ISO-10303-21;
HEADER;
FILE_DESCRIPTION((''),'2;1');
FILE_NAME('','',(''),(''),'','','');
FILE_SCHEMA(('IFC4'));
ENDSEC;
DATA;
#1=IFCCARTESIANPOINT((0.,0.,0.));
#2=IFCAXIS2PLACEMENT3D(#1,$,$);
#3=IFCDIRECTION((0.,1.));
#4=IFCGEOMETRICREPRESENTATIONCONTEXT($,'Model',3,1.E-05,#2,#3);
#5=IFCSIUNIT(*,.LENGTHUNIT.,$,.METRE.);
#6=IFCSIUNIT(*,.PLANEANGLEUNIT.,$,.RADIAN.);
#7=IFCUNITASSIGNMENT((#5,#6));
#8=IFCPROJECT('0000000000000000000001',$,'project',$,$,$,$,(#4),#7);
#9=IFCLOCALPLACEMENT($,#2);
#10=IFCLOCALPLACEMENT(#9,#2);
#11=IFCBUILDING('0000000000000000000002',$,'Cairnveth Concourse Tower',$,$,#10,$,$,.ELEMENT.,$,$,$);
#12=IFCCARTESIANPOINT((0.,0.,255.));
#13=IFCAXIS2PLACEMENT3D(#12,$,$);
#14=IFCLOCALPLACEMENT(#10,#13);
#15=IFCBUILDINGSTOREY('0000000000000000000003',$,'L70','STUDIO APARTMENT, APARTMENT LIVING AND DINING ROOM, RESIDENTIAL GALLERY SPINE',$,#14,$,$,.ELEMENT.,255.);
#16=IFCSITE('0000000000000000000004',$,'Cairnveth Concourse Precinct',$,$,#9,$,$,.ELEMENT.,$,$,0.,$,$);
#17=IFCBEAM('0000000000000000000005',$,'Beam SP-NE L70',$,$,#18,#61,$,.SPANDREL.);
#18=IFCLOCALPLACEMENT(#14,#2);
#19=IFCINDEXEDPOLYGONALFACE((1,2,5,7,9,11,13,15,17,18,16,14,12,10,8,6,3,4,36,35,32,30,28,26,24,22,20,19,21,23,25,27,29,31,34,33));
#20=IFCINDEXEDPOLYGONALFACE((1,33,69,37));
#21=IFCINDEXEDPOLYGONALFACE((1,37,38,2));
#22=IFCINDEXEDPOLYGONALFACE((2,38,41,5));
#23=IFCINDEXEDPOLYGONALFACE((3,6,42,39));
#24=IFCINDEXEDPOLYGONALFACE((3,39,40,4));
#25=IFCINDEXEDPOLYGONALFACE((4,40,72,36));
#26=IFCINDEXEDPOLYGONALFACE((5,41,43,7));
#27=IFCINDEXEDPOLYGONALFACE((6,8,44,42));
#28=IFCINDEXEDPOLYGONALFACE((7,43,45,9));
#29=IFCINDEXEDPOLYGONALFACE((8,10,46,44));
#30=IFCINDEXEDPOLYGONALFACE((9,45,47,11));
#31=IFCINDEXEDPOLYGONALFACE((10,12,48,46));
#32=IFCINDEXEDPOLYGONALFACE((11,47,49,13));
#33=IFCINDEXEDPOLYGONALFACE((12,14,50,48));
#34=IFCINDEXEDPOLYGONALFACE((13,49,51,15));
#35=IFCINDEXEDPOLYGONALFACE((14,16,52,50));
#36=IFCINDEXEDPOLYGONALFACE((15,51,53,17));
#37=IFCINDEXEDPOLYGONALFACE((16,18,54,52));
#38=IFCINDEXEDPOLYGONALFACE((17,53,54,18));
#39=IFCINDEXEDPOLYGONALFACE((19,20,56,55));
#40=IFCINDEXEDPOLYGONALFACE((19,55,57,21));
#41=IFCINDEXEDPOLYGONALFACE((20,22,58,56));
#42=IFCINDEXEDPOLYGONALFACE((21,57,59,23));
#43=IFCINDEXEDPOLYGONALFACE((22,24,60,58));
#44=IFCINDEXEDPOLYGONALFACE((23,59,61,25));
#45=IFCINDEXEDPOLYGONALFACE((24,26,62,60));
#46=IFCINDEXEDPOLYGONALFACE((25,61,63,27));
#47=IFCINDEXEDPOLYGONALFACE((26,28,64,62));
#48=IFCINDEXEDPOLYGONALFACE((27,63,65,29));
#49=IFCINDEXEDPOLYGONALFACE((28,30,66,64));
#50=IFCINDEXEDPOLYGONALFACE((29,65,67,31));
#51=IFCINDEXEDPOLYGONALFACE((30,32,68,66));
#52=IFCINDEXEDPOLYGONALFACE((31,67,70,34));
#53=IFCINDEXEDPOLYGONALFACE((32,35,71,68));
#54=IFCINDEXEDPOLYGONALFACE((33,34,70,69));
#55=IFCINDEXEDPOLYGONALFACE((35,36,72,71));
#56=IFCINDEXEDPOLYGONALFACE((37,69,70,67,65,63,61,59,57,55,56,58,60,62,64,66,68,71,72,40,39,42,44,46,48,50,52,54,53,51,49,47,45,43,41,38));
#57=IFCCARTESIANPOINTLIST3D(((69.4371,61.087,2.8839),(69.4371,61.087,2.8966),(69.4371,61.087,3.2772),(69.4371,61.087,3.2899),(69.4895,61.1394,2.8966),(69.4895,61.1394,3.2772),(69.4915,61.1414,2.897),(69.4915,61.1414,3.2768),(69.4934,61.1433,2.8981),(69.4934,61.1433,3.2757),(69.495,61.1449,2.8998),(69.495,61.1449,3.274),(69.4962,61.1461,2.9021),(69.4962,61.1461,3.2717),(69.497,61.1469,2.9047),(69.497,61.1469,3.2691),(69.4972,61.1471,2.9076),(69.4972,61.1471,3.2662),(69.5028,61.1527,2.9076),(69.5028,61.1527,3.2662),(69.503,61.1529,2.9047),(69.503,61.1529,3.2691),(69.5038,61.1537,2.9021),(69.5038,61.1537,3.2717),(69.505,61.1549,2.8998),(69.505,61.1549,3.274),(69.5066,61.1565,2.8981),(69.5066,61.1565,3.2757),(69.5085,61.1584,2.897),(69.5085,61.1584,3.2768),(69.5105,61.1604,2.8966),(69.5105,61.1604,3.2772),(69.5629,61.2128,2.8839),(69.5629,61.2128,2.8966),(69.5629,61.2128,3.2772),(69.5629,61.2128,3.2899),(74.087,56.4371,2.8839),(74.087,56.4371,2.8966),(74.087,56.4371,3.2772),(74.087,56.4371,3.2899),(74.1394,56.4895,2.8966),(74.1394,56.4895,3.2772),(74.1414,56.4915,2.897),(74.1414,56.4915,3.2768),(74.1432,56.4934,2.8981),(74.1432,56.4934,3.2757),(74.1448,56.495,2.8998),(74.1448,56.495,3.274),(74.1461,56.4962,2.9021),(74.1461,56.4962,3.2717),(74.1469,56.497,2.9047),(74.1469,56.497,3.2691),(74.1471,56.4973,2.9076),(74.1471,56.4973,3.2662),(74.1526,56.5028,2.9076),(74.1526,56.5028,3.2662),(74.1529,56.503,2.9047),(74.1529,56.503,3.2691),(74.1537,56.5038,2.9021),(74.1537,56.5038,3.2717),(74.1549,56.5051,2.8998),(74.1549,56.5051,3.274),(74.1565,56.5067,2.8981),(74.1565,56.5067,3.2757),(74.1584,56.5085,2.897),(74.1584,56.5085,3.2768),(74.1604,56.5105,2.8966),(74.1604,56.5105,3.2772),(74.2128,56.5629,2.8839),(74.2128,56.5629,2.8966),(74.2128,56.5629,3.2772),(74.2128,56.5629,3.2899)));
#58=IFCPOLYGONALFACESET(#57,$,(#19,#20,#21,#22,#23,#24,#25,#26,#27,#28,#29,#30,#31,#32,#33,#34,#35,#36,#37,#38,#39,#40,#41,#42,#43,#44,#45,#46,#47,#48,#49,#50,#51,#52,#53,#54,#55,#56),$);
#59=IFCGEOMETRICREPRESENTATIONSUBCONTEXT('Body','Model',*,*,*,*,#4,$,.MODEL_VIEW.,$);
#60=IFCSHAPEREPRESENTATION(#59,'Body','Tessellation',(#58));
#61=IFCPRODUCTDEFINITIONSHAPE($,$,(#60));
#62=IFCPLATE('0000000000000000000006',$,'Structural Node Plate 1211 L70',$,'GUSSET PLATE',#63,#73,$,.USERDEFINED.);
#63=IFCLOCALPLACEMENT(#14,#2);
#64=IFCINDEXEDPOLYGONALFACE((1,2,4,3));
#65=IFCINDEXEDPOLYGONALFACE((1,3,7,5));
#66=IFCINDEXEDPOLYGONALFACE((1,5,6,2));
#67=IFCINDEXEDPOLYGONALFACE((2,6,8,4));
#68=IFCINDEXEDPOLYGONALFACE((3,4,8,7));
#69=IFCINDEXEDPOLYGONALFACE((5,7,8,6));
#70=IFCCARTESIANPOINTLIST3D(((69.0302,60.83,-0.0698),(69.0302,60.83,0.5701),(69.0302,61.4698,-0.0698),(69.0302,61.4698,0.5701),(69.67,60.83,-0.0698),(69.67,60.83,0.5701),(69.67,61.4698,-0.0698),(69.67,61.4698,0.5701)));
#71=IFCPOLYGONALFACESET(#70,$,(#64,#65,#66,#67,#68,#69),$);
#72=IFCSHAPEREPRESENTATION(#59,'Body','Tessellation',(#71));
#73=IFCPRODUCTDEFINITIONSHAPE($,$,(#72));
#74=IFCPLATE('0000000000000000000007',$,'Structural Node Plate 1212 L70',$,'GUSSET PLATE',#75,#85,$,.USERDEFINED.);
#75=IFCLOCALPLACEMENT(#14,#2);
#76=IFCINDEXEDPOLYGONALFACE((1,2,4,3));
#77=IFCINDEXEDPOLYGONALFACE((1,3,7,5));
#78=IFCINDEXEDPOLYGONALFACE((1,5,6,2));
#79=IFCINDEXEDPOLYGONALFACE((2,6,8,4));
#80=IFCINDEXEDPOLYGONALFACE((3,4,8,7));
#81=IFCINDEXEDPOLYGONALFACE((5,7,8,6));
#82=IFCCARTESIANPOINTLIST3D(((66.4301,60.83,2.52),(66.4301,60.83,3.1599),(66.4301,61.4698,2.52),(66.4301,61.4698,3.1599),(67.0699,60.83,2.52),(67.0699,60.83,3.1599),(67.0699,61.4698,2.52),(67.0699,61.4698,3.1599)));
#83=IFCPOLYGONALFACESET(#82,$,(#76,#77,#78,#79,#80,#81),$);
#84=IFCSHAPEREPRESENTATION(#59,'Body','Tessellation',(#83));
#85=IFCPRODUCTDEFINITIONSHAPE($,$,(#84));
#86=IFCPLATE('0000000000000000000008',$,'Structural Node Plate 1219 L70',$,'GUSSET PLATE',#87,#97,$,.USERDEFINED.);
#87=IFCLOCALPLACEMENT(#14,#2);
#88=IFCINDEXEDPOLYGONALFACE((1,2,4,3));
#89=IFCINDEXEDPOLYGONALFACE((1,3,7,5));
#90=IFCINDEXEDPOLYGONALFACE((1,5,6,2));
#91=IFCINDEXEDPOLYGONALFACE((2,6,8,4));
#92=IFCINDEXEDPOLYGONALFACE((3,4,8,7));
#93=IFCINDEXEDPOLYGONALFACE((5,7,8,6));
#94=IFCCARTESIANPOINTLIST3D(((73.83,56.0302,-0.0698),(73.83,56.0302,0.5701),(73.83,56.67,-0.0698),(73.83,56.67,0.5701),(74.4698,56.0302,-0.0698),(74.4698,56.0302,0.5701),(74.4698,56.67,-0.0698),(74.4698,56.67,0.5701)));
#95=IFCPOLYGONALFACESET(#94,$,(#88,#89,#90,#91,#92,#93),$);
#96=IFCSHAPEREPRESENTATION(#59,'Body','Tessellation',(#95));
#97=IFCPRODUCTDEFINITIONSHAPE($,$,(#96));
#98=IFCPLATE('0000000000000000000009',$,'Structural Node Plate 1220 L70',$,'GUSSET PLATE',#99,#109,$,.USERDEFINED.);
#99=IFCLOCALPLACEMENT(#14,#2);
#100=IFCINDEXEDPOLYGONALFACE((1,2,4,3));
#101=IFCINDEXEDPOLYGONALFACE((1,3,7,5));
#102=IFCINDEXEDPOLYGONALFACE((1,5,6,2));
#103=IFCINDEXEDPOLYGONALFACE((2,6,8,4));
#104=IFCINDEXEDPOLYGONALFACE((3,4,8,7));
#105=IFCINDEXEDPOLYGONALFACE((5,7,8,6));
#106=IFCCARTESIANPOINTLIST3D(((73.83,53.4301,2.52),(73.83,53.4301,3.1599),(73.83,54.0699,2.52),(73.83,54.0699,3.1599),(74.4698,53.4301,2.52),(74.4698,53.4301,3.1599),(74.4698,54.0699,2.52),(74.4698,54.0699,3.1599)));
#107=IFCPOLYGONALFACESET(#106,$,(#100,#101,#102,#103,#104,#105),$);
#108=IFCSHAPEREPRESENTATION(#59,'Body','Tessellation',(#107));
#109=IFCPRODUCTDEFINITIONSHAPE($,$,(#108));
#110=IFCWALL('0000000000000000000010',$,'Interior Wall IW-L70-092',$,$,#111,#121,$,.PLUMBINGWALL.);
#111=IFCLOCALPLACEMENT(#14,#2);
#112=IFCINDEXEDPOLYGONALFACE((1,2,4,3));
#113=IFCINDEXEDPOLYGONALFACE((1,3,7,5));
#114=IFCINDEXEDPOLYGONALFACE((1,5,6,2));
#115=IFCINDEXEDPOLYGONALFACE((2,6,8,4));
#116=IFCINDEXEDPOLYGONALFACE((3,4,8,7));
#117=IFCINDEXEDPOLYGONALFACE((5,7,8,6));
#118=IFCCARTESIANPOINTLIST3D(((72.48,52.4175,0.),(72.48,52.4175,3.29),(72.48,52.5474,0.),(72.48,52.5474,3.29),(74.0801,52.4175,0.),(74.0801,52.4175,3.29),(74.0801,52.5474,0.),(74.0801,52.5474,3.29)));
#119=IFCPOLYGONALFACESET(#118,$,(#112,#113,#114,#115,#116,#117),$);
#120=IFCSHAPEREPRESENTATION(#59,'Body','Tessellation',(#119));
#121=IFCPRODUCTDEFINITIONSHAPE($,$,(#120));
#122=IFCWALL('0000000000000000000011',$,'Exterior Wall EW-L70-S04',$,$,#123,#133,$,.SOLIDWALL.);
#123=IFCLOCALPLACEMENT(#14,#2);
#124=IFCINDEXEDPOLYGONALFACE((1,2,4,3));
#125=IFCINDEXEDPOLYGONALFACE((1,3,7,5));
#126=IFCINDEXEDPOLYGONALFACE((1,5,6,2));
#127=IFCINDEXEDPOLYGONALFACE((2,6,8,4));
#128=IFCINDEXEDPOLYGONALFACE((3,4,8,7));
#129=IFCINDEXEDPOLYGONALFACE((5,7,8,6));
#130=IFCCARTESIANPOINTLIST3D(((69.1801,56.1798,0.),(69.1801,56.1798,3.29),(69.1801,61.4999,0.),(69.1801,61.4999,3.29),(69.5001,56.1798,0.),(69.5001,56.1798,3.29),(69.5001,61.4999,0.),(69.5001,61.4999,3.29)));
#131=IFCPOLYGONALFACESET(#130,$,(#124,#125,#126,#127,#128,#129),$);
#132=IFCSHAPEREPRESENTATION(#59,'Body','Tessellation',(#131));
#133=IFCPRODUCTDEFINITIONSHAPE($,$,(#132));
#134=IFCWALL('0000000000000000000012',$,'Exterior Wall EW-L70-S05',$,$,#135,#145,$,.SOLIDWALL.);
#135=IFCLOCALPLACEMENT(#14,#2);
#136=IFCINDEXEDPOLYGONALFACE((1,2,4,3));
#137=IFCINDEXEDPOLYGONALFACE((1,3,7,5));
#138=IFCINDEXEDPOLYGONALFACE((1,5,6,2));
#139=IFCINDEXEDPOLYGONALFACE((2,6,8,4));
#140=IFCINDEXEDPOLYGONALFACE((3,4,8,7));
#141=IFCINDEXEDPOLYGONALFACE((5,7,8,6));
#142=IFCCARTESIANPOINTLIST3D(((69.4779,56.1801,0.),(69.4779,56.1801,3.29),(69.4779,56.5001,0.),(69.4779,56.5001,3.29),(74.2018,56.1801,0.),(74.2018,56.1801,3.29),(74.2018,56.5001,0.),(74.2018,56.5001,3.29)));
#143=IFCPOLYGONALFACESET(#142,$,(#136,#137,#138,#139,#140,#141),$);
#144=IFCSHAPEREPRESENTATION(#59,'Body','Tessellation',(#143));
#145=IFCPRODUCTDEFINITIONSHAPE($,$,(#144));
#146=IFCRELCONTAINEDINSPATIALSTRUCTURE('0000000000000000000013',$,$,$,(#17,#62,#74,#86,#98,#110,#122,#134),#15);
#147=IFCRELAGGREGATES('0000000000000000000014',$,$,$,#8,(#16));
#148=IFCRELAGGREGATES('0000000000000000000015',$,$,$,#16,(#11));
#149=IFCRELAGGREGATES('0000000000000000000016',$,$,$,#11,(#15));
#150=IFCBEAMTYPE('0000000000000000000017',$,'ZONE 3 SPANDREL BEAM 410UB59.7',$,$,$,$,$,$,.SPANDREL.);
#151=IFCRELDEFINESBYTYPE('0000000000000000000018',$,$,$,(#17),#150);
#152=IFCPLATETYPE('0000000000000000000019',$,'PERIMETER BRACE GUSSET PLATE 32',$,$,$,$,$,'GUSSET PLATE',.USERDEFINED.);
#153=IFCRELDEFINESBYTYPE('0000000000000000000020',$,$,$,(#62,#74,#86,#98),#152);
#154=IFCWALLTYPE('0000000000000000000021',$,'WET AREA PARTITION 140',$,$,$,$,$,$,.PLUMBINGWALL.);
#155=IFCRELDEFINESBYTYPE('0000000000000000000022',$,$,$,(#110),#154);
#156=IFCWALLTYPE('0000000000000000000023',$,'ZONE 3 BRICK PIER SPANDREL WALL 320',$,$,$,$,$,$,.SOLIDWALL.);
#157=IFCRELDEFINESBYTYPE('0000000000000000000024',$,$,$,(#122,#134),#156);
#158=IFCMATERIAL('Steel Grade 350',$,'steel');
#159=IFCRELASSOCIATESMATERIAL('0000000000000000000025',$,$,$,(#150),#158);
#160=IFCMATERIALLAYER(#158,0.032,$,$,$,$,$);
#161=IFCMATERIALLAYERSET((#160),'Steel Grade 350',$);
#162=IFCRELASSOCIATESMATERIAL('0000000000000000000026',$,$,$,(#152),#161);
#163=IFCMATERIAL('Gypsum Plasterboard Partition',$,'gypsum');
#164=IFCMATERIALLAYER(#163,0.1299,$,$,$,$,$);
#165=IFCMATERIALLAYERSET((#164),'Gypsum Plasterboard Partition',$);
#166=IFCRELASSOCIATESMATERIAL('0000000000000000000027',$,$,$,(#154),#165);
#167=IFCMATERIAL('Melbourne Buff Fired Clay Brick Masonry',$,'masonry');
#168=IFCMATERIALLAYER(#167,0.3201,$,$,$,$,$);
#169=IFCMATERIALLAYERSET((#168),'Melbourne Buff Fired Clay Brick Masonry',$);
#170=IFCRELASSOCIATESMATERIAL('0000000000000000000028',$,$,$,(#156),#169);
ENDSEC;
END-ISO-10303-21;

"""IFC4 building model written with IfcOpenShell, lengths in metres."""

from ifc_helpers import new_model, si_unit, direction, frame, frame_2d, origin, origin_2d, place, context, subcontext, project, spatial, rectangle, i_section, extrude, material, layer, layer_set, material_profile, profile_set, type_object, element, save


model = new_model("IFC4")

# Units and contexts
model_context = context("Model", 3, precision=1e-05, world=origin(), true_north=direction((0.0, 1.0)))
body_context = subcontext(model_context, "Body", "Model", "MODEL_VIEW")
ifc_project = project(units=[si_unit("LENGTHUNIT", "METRE"), si_unit("PLANEANGLEUNIT", "RADIAN")], contexts=[model_context])

# Site, building, storey
site_placement = place(None, origin())
site = spatial("IfcSite", under=ifc_project, at=site_placement, Name="Cairnveth Concourse Precinct", CompositionType="ELEMENT", RefElevation=0.0)
building_placement = place(site_placement, origin())
building = spatial("IfcBuilding", under=site, at=building_placement, Name="Cairnveth Concourse Tower", CompositionType="ELEMENT")
storey_placement = place(building_placement, frame((0.0, 0.0, 255.0)))
storey = spatial("IfcBuildingStorey", under=building, at=storey_placement, Name="L70", Description="STUDIO APARTMENT, APARTMENT LIVING AND DINING ROOM, RESIDENTIAL GALLERY SPINE", CompositionType="ELEMENT", Elevation=255.0)

# Shared definitions
ifc_material_1 = material(Name="Steel Grade 350", Category="steel")

# Beam
ifc_material_profile_1 = material_profile(ifc_material_1, i_section(OverallWidth=0.178, OverallDepth=0.406, WebThickness=0.0078, FlangeThickness=0.0127, FilletRadius=0.011, at=origin_2d()), Name="410UB59.7")
ifc_profile_set_1 = profile_set([ifc_material_profile_1], Name="Steel Grade 350")
beam_type_1 = type_object("IfcBeamType", Name="ZONE 3 SPANDREL BEAM 410UB59.7", PredefinedType="SPANDREL", material=ifc_profile_set_1)
beam_1_placement = place(storey_placement, frame((69.5, 61.1499, 3.0869), z_axis=(0.707107, -0.707107, 0.0), x_axis=(0.707107, 0.707107, 0.0)))
element("IfcBeam", 1, at=beam_1_placement, inside=storey, type_object=beam_type_1, Name="Beam SP-NE L70", PredefinedType="SPANDREL", context=body_context, shape_type="SweptSolid", body=[
    extrude(i_section(OverallWidth=0.178, OverallDepth=0.406, WebThickness=0.0078, FlangeThickness=0.0127, FilletRadius=0.011, at=origin_2d()), origin(), (0.0, 0.0, 1.0), 6.5759),
])

# Plates
ifc_layer_1 = layer(ifc_material_1, 0.032)
ifc_layer_set_1 = layer_set([ifc_layer_1], Name="Steel Grade 350")
plate_type = type_object("IfcPlateType", Name="PERIMETER BRACE GUSSET PLATE 32", ElementType="GUSSET PLATE", PredefinedType="USERDEFINED", material=ifc_layer_set_1)
for number, where, z_axis, x_axis, name in (
    (2, (69.3501, 61.1499, -0.0698), (0.0, 0.0, 1.0), (1.0, 0.0, 0.0), "Structural Node Plate 1211 L70"),
    (3, (66.75, 61.1499, 2.52), (0.0, 0.0, 1.0), (1.0, 0.0, 0.0), "Structural Node Plate 1212 L70"),
    (4, (74.1499, 56.3501, -0.0698), (0.0, 0.0, 1.0), (1.0, 0.0, 0.0), "Structural Node Plate 1219 L70"),
    (5, (74.1499, 53.75, 2.52), (0.0, 0.0, 1.0), (1.0, 0.0, 0.0), "Structural Node Plate 1220 L70"),
):
    element("IfcPlate", number, at=place(storey_placement, frame(where, z_axis=z_axis, x_axis=x_axis)), inside=storey, type_object=plate_type, Name=name, ObjectType="GUSSET PLATE", PredefinedType="USERDEFINED", context=body_context, shape_type="SweptSolid", body=[
        extrude(rectangle(XDim=0.6399, YDim=0.6399, at=origin_2d()), origin(), (0.0, 0.0, 1.0), 0.6399),
    ])

# Walls
ifc_material_2 = material(Name="Gypsum Plasterboard Partition", Category="gypsum")
ifc_layer_2 = layer(ifc_material_2, 0.1299)
ifc_layer_set_2 = layer_set([ifc_layer_2], Name="Gypsum Plasterboard Partition")
wall_type_1 = type_object("IfcWallType", Name="WET AREA PARTITION 140", PredefinedType="PLUMBINGWALL", material=ifc_layer_set_2)
wall_1_placement = place(storey_placement, frame((72.48, 52.4824, 0.0), z_axis=(0.0, 0.0, 1.0), x_axis=(1.0, 0.0, 0.0)))
element("IfcWall", 6, at=wall_1_placement, inside=storey, type_object=wall_type_1, Name="Interior Wall IW-L70-092", PredefinedType="PLUMBINGWALL", context=body_context, shape_type="SweptSolid", body=[
    extrude(rectangle(XDim=1.6001, YDim=0.1299, at=frame_2d((0.8, 0.0))), origin(), (0.0, 0.0, 1.0), 3.29),
])
ifc_material_3 = material(Name="Melbourne Buff Fired Clay Brick Masonry", Category="masonry")
ifc_layer_3 = layer(ifc_material_3, 0.3201)
ifc_layer_set_3 = layer_set([ifc_layer_3], Name="Melbourne Buff Fired Clay Brick Masonry")
wall_type_2 = type_object("IfcWallType", Name="ZONE 3 BRICK PIER SPANDREL WALL 320", PredefinedType="SOLIDWALL", material=ifc_layer_set_3)
wall_2_placement = place(storey_placement, frame((69.3401, 61.5, 0.0), z_axis=(0.0, 0.0, 1.0), x_axis=(0.0, -1.0, 0.0)))
element("IfcWall", 7, at=wall_2_placement, inside=storey, type_object=wall_type_2, Name="Exterior Wall EW-L70-S04", PredefinedType="SOLIDWALL", context=body_context, shape_type="SweptSolid", body=[
    extrude(rectangle(XDim=5.3201, YDim=0.3201, at=frame_2d((2.6602, 0.0))), origin(), (0.0, 0.0, 1.0), 3.29),
])
wall_3_placement = place(storey_placement, frame((69.478, 56.3401, 0.0), z_axis=(0.0, 0.0, 1.0), x_axis=(1.0, 0.0, 0.0)))
element("IfcWall", 8, at=wall_3_placement, inside=storey, type_object=wall_type_2, Name="Exterior Wall EW-L70-S05", PredefinedType="SOLIDWALL", context=body_context, shape_type="SweptSolid", body=[
    extrude(rectangle(XDim=4.7239, YDim=0.3201, at=frame_2d((2.3618, 0.0))), origin(), (0.0, 0.0, 1.0), 3.29),
])

save(model, "model.ifc")
